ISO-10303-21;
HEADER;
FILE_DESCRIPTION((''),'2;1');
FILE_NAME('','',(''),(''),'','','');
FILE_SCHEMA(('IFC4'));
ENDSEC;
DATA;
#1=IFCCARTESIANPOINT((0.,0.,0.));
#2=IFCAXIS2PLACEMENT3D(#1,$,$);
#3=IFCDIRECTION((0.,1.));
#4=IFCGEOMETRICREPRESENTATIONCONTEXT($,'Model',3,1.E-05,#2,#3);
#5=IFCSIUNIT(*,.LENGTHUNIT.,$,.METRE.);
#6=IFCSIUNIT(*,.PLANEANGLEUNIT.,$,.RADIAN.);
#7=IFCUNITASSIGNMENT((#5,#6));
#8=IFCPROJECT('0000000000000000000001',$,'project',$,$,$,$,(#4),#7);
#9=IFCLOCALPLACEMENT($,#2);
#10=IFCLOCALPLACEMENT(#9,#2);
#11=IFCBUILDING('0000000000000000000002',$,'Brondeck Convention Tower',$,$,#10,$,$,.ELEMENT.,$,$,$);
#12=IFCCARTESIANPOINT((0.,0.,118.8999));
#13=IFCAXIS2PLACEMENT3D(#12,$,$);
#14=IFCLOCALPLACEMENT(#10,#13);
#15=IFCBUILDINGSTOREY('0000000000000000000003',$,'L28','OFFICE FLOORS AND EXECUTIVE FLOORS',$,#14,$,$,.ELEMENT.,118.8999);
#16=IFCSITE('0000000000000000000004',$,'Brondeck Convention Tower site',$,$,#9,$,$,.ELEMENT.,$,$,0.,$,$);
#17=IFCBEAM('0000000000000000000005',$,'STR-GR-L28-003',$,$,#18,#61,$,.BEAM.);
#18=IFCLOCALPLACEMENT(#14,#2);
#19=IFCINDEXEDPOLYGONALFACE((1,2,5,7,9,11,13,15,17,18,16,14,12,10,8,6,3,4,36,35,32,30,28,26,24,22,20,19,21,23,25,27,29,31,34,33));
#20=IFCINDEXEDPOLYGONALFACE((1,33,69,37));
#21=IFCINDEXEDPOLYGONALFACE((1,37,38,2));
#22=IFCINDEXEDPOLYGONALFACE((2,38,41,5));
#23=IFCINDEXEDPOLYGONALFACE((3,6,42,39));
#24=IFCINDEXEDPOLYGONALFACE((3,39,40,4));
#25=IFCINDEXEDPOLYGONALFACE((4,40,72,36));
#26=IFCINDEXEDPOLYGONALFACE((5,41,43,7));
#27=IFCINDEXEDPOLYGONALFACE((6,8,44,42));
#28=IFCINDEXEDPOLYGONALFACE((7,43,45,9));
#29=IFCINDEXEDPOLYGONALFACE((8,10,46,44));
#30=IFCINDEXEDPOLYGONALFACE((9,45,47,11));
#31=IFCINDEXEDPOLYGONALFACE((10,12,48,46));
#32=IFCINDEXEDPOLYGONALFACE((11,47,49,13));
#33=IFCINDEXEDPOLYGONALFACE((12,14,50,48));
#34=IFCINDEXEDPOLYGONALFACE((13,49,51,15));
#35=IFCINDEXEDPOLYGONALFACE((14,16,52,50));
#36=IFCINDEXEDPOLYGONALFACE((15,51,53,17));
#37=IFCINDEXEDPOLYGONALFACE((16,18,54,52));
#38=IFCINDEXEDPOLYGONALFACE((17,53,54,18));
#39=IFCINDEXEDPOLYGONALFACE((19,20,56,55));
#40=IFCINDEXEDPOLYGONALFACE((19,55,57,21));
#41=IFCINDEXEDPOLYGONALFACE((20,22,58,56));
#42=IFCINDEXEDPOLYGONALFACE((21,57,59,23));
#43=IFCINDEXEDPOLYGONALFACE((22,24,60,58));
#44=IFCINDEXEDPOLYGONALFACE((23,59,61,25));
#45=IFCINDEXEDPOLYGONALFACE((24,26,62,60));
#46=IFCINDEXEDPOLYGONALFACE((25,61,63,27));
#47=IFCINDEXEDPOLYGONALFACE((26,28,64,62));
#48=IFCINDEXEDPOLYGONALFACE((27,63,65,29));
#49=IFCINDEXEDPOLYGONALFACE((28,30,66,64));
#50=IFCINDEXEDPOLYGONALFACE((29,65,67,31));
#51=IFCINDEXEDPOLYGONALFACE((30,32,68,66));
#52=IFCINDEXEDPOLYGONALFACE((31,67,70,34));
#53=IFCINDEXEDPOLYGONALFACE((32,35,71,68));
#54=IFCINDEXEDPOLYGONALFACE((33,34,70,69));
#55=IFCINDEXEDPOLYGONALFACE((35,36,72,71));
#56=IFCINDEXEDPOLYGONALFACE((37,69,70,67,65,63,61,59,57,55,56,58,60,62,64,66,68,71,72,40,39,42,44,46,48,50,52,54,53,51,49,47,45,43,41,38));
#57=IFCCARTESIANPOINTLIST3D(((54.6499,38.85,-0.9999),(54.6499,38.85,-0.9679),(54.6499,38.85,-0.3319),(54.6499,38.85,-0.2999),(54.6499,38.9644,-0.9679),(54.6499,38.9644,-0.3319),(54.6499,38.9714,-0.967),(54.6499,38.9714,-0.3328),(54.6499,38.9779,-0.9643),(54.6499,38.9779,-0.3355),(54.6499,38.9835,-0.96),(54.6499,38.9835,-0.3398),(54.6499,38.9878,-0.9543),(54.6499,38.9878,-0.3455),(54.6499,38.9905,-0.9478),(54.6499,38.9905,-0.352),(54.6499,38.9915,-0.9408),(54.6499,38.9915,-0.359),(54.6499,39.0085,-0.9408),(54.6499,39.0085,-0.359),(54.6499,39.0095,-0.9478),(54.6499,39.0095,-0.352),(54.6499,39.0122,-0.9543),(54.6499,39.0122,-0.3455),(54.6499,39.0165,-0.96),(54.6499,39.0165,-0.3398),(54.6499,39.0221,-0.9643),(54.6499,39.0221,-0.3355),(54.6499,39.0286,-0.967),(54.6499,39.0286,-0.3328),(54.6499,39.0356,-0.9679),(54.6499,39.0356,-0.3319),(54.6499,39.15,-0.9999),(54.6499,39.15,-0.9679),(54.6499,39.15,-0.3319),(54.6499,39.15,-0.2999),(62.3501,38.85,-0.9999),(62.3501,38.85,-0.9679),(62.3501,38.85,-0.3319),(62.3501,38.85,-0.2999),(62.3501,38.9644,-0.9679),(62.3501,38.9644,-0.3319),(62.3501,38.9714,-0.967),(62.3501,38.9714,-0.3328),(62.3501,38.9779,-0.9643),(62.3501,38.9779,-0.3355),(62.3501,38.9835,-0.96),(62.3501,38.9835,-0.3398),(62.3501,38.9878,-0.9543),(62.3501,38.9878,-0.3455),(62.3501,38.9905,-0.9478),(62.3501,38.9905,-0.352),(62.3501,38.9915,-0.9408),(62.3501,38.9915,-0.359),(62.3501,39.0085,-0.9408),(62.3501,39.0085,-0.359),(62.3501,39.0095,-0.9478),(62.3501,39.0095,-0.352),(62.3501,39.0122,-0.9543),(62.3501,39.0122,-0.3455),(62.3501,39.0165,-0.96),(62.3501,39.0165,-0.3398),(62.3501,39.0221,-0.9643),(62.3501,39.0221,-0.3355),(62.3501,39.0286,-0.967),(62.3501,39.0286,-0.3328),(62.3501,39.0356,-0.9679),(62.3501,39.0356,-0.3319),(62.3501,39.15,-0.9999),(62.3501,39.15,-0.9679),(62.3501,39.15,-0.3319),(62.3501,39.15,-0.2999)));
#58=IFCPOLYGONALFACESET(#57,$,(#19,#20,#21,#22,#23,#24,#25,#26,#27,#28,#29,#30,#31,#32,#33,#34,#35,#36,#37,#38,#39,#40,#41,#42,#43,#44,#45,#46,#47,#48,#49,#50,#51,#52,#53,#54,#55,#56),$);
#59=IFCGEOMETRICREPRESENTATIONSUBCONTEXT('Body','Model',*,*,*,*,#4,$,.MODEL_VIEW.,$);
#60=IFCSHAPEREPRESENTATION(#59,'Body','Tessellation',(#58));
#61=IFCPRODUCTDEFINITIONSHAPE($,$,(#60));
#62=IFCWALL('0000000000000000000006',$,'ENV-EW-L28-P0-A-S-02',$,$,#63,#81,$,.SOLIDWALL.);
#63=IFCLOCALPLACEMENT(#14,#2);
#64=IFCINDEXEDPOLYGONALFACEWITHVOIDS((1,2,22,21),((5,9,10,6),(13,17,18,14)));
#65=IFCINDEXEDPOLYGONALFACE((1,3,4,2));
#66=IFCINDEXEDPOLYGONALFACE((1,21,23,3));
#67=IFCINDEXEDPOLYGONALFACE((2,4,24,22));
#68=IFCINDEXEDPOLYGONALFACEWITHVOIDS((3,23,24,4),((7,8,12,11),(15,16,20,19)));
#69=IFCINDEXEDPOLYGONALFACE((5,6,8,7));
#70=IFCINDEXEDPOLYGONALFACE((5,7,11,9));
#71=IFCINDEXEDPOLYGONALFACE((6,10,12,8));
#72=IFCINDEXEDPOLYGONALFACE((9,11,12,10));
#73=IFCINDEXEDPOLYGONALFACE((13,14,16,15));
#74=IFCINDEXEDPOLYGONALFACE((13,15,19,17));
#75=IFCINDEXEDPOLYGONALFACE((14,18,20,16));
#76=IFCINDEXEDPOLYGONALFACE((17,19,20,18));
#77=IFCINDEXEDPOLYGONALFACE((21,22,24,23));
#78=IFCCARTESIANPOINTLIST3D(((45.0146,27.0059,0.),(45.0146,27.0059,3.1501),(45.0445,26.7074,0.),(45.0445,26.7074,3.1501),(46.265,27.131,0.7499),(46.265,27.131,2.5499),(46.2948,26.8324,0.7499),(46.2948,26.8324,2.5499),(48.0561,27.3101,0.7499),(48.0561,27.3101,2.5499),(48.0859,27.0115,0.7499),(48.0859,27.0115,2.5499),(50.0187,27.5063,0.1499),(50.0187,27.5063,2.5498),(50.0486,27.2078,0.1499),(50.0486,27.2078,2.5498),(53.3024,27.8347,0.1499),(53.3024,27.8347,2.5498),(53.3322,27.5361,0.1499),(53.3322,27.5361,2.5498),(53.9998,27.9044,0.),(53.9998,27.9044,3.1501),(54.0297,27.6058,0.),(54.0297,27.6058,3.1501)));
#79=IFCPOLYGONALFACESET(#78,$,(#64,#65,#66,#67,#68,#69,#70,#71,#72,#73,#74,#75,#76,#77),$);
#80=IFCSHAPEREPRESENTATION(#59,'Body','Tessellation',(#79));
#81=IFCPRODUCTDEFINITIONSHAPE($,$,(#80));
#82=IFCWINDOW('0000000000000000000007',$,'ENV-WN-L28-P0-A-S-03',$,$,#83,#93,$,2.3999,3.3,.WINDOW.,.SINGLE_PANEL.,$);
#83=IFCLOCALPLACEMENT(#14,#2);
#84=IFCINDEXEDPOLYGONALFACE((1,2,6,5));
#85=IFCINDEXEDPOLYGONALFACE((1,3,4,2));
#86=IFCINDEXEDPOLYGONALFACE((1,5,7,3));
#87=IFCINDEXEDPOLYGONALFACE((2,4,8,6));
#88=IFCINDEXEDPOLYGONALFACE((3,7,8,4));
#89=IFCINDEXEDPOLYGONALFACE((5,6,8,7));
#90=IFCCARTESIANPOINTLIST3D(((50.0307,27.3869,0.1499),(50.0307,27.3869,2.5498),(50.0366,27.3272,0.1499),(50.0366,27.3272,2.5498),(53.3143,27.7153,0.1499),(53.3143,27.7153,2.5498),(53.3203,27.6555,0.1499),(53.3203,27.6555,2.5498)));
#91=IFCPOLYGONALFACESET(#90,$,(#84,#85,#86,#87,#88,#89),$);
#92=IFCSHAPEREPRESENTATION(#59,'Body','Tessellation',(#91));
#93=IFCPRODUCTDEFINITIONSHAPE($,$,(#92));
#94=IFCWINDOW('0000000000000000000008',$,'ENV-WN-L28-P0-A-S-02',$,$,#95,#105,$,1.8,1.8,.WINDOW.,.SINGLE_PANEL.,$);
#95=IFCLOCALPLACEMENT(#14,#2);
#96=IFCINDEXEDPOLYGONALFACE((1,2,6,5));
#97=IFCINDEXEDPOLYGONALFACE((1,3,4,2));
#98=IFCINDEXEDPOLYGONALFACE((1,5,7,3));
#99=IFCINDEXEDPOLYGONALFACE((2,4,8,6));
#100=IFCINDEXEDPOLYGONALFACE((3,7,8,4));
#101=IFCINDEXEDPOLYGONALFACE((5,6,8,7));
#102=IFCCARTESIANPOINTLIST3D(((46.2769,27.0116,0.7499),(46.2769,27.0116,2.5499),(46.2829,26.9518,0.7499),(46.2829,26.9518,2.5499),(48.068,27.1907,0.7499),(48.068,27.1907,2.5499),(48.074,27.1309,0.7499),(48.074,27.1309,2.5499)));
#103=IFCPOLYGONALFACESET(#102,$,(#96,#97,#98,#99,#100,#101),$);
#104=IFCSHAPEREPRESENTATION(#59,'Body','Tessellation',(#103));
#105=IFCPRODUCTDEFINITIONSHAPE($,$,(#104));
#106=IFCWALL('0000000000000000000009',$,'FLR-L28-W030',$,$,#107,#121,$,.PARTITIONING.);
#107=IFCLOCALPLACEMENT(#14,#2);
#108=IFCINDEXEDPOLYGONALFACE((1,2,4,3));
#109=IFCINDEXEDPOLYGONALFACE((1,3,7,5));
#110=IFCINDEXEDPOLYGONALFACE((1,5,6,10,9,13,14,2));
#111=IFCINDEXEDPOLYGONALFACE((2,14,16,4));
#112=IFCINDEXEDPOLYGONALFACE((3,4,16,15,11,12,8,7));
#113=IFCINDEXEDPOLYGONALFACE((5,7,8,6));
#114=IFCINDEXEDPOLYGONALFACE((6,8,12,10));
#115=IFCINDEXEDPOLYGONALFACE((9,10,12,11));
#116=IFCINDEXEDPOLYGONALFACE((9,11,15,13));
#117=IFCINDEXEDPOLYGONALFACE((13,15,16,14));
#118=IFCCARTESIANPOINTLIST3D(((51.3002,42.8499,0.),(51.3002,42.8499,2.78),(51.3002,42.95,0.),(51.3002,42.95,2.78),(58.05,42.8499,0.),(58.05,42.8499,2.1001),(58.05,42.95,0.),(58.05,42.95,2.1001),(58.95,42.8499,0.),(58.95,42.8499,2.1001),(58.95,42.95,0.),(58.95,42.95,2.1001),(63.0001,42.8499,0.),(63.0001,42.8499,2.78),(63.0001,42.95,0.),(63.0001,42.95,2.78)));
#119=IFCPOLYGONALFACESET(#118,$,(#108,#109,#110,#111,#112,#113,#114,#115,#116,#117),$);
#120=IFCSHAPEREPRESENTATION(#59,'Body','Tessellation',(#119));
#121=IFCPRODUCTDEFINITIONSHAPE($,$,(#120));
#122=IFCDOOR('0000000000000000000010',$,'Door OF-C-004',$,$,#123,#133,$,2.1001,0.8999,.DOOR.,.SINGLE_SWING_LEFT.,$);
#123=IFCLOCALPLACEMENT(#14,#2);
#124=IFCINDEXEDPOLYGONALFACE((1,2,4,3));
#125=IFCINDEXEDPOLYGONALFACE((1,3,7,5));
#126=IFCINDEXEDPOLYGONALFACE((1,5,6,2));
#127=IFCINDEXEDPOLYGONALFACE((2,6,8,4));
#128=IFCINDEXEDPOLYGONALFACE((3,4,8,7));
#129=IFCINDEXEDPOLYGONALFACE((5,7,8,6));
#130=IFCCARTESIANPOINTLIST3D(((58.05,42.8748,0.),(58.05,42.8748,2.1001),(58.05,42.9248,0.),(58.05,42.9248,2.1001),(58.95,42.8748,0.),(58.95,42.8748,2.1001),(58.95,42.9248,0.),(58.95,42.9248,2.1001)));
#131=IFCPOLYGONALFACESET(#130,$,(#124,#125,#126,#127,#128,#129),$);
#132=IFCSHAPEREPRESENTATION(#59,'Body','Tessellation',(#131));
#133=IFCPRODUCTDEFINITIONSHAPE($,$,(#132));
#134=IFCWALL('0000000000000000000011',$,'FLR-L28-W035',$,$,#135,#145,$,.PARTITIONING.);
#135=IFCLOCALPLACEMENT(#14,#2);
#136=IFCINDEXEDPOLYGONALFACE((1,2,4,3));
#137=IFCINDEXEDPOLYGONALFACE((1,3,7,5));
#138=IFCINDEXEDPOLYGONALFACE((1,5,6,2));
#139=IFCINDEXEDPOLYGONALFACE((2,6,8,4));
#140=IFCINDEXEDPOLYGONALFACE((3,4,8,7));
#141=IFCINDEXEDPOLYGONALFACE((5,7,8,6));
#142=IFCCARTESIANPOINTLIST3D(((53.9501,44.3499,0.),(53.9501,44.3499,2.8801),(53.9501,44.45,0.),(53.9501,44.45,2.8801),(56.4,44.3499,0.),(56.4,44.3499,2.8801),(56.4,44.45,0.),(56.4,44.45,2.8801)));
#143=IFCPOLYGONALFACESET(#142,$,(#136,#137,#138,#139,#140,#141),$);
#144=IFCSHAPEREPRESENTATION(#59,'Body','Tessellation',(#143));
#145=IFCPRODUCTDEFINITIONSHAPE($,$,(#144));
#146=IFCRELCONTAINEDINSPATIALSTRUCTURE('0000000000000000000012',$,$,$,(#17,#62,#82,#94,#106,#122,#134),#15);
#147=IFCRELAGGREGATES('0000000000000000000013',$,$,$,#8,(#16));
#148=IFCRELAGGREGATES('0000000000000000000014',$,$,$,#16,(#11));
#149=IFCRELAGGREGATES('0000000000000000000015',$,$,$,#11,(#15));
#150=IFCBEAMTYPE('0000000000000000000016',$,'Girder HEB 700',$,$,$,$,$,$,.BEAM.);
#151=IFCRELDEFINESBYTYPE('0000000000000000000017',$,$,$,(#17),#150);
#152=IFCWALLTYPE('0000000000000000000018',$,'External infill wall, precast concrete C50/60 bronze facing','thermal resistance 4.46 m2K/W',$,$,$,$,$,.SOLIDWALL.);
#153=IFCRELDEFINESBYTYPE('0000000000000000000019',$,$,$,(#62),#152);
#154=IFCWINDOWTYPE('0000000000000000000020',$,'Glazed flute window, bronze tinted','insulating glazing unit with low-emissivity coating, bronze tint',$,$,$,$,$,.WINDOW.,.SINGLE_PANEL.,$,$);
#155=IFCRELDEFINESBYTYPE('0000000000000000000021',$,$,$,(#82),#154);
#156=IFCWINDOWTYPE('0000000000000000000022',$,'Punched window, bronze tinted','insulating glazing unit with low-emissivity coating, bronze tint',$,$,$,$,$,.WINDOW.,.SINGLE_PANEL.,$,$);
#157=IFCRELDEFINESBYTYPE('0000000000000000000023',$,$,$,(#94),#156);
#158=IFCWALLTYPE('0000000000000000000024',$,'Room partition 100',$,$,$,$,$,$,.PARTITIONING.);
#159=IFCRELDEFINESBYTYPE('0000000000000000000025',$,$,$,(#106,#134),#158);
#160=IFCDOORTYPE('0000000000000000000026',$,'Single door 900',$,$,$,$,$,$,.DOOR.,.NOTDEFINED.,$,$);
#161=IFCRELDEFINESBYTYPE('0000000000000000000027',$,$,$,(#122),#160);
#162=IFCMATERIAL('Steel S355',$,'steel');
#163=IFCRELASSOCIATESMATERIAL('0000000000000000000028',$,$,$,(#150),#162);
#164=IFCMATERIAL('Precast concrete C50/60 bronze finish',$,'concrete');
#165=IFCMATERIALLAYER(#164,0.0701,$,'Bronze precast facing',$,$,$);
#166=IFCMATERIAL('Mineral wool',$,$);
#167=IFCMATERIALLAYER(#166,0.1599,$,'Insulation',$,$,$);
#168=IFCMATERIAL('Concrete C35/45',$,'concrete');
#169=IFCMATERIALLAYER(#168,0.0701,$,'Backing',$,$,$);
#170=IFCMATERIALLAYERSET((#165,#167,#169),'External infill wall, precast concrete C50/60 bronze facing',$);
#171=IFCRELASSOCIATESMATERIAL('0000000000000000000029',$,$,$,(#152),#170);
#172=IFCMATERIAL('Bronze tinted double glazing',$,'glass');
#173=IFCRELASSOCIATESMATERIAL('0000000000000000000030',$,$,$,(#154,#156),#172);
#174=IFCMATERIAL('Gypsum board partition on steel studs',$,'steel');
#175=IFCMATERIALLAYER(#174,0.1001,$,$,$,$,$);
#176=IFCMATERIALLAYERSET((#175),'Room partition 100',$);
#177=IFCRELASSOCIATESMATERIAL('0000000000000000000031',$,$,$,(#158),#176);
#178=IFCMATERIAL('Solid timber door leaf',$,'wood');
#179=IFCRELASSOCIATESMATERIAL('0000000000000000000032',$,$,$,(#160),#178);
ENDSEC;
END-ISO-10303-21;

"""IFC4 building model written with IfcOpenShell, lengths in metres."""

from ifc_helpers import new_model, si_unit, direction, frame, frame_2d, origin, origin_2d, place, context, subcontext, project, spatial, rectangle, i_section, extrude, material, layer, layer_set, material_profile, profile_set, type_object, element, fill, save


model = new_model("IFC4")

# Units and contexts
model_context = context("Model", 3, precision=1e-05, world=origin(), true_north=direction((0.0, 1.0)))
body_context = subcontext(model_context, "Body", "Model", "MODEL_VIEW")
ifc_project = project(units=[si_unit("LENGTHUNIT", "METRE"), si_unit("PLANEANGLEUNIT", "RADIAN")], contexts=[model_context])

# Site, building, storey
site_placement = place(None, origin())
site = spatial("IfcSite", under=ifc_project, at=site_placement, Name="Brondeck Convention Tower site", CompositionType="ELEMENT", RefElevation=0.0)
building_placement = place(site_placement, origin())
building = spatial("IfcBuilding", under=site, at=building_placement, Name="Brondeck Convention Tower", CompositionType="ELEMENT")
storey_placement = place(building_placement, frame((0.0, 0.0, 118.8999)))
storey = spatial("IfcBuildingStorey", under=building, at=storey_placement, Name="L28", Description="OFFICE FLOORS AND EXECUTIVE FLOORS", CompositionType="ELEMENT", Elevation=118.8999)

# Beam
ifc_material_1 = material(Name="Steel S355", Category="steel")
ifc_material_profile_1 = material_profile(ifc_material_1, i_section(OverallWidth=0.3, OverallDepth=0.7, WebThickness=0.0171, FlangeThickness=0.032, FilletRadius=0.0271, at=origin_2d()), Name="HEB 700")
ifc_profile_set_1 = profile_set([ifc_material_profile_1], Name="Steel S355")
beam_type_1 = type_object("IfcBeamType", Name="Girder HEB 700", PredefinedType="BEAM", material=ifc_profile_set_1)
for number, where, z_axis, x_axis, name in (
    (1, (54.6499, 39.0, -0.6499), (1.0, 0.0, 0.0), (0.0, 1.0, 0.0), "STR-GR-L28-003"),
):
    element("IfcBeam", number, at=place(storey_placement, frame(where, z_axis=z_axis, x_axis=x_axis)), inside=storey, type_object=beam_type_1, Name=name, PredefinedType="BEAM", context=body_context, shape_type="SweptSolid", body=[
        extrude(i_section(OverallWidth=0.3, OverallDepth=0.7, WebThickness=0.0171, FlangeThickness=0.032, FilletRadius=0.0271, at=origin_2d()), origin(), (0.0, 0.0, 1.0), 7.7002),
    ])

# Wall, openings, windows
ifc_material_2 = material(Name="Precast concrete C50/60 bronze finish", Category="concrete")
ifc_layer_1 = layer(ifc_material_2, 0.0701, Name="Bronze precast facing")
ifc_material_3 = material(Name="Mineral wool")
ifc_layer_2 = layer(ifc_material_3, 0.1599, Name="Insulation")
ifc_material_4 = material(Name="Concrete C35/45", Category="concrete")
ifc_layer_3 = layer(ifc_material_4, 0.0701, Name="Backing")
ifc_layer_set_1 = layer_set([ifc_layer_1, ifc_layer_2, ifc_layer_3], Name="External infill wall, precast concrete C50/60 bronze facing")
wall_type_1 = type_object("IfcWallType", Name="External infill wall, precast concrete C50/60 bronze facing", Description="thermal resistance 4.46 m2K/W", PredefinedType="SOLIDWALL", material=ifc_layer_set_1)
wall_1_placement = place(storey_placement, frame((54.0149, 27.7551, 0.0), z_axis=(0.0, 0.0, 1.0), x_axis=(-0.995038, -0.099496, 0.0)))
wall_1 = element("IfcWall", 2, at=wall_1_placement, inside=storey, type_object=wall_type_1, Name="ENV-EW-L28-P0-A-S-02", PredefinedType="SOLIDWALL", context=body_context, shape_type="SweptSolid", body=[
    extrude(rectangle(XDim=9.03, YDim=0.3, at=frame_2d((4.5151, 0.0))), origin(), (0.0, 0.0, 1.0), 3.1501),
])
opening_1_placement = place(wall_1_placement, frame((0.7012, 0.0, 0.1499)))
opening_1 = element("IfcOpeningElement", 3, at=opening_1_placement, cuts=wall_1, PredefinedType="OPENING", context=body_context, shape_type="SweptSolid", body=[
    extrude(rectangle(XDim=3.3, YDim=2.3999, at=frame_2d((1.6499, 1.2))), frame((0.0, 0.1599, 0.0), z_axis=(0.0, -1.0, 0.0), x_axis=(1.0, 0.0, 0.0)), (0.0, 0.0, 1.0), 0.3201),
])
opening_2_placement = place(wall_1_placement, frame((5.9736, 0.0, 0.75)))
opening_2 = element("IfcOpeningElement", 4, at=opening_2_placement, cuts=wall_1, PredefinedType="OPENING", context=body_context, shape_type="SweptSolid", body=[
    extrude(rectangle(XDim=1.8, YDim=1.8, at=frame_2d((0.8999, 0.8999))), frame((0.0, 0.1599, 0.0), z_axis=(0.0, -1.0, 0.0), x_axis=(1.0, 0.0, 0.0)), (0.0, 0.0, 1.0), 0.3201),
])
ifc_material_5 = material(Name="Bronze tinted double glazing", Category="glass")
window_type_1 = type_object("IfcWindowType", Name="Glazed flute window, bronze tinted", Description="insulating glazing unit with low-emissivity coating, bronze tint", PartitioningType="SINGLE_PANEL", PredefinedType="WINDOW", material=ifc_material_5)
window_1_placement = place(opening_1_placement, origin())
window_1 = element("IfcWindow", 5, at=window_1_placement, inside=storey, type_object=window_type_1, Name="ENV-WN-L28-P0-A-S-03", OverallHeight=2.3999, OverallWidth=3.3, PartitioningType="SINGLE_PANEL", PredefinedType="WINDOW", context=body_context, shape_type="SweptSolid", body=[
    extrude(rectangle(XDim=3.3, YDim=2.3999, at=frame_2d((1.6499, 1.2))), frame((0.0, 0.03, 0.0), z_axis=(0.0, -1.0, 0.0), x_axis=(1.0, 0.0, 0.0)), (0.0, 0.0, 1.0), 0.0601),
])
fill(opening_1, window_1)
window_type_2 = type_object("IfcWindowType", Name="Punched window, bronze tinted", Description="insulating glazing unit with low-emissivity coating, bronze tint", PartitioningType="SINGLE_PANEL", PredefinedType="WINDOW", material=ifc_material_5)
window_2_placement = place(opening_2_placement, origin())
window_2 = element("IfcWindow", 6, at=window_2_placement, inside=storey, type_object=window_type_2, Name="ENV-WN-L28-P0-A-S-02", OverallHeight=1.8, OverallWidth=1.8, PartitioningType="SINGLE_PANEL", PredefinedType="WINDOW", context=body_context, shape_type="SweptSolid", body=[
    extrude(rectangle(XDim=1.8, YDim=1.8, at=frame_2d((0.8999, 0.8999))), frame((0.0, 0.03, 0.0), z_axis=(0.0, -1.0, 0.0), x_axis=(1.0, 0.0, 0.0)), (0.0, 0.0, 1.0), 0.0601),
])
fill(opening_2, window_2)

# Wall, opening, door
ifc_material_6 = material(Name="Gypsum board partition on steel studs", Category="steel")
ifc_layer_4 = layer(ifc_material_6, 0.1001)
ifc_layer_set_2 = layer_set([ifc_layer_4], Name="Room partition 100")
wall_type_2 = type_object("IfcWallType", Name="Room partition 100", PredefinedType="PARTITIONING", material=ifc_layer_set_2)
wall_2_placement = place(storey_placement, frame((51.3, 42.8999, 0.0), z_axis=(0.0, 0.0, 1.0), x_axis=(1.0, 0.0, 0.0)))
wall_2 = element("IfcWall", 7, at=wall_2_placement, inside=storey, type_object=wall_type_2, Name="FLR-L28-W030", PredefinedType="PARTITIONING", context=body_context, shape_type="SweptSolid", body=[
    extrude(rectangle(XDim=11.7, YDim=0.1001, at=frame_2d((5.8501, 0.0))), origin(), (0.0, 0.0, 1.0), 2.78),
])
opening_3_placement = place(wall_2_placement, frame((6.75, 0.0, 0.0)))
opening_3 = element("IfcOpeningElement", 8, at=opening_3_placement, cuts=wall_2, PredefinedType="OPENING", context=body_context, shape_type="SweptSolid", body=[
    extrude(rectangle(XDim=0.8999, YDim=2.1001, at=frame_2d((0.45, 1.05))), frame((0.0, 0.0601, 0.0), z_axis=(0.0, -1.0, 0.0), x_axis=(1.0, 0.0, 0.0)), (0.0, 0.0, 1.0), 0.1201),
])
ifc_material_7 = material(Name="Solid timber door leaf", Category="wood")
door_type_1 = type_object("IfcDoorType", Name="Single door 900", OperationType="NOTDEFINED", PredefinedType="DOOR", material=ifc_material_7)
door_1_placement = place(opening_3_placement, origin())
door_1 = element("IfcDoor", 9, at=door_1_placement, inside=storey, type_object=door_type_1, Name="Door OF-C-004", OperationType="SINGLE_SWING_LEFT", OverallHeight=2.1001, OverallWidth=0.8999, PredefinedType="DOOR", context=body_context, shape_type="SweptSolid", body=[
    extrude(rectangle(XDim=0.8999, YDim=2.1001, at=frame_2d((0.45, 1.05))), frame((0.0, 0.0249, 0.0), z_axis=(0.0, -1.0, 0.0), x_axis=(1.0, 0.0, 0.0)), (0.0, 0.0, 1.0), 0.05),
])
fill(opening_3, door_1)

# Wall
wall_3_placement = place(storey_placement, frame((53.95, 44.3999, 0.0), z_axis=(0.0, 0.0, 1.0), x_axis=(1.0, 0.0, 0.0)))
element("IfcWall", 10, at=wall_3_placement, inside=storey, type_object=wall_type_2, Name="FLR-L28-W035", PredefinedType="PARTITIONING", context=body_context, shape_type="SweptSolid", body=[
    extrude(rectangle(XDim=2.45, YDim=0.1001, at=frame_2d((1.2251, 0.0))), origin(), (0.0, 0.0, 1.0), 2.8801),
])

save(model, "model.ifc")
